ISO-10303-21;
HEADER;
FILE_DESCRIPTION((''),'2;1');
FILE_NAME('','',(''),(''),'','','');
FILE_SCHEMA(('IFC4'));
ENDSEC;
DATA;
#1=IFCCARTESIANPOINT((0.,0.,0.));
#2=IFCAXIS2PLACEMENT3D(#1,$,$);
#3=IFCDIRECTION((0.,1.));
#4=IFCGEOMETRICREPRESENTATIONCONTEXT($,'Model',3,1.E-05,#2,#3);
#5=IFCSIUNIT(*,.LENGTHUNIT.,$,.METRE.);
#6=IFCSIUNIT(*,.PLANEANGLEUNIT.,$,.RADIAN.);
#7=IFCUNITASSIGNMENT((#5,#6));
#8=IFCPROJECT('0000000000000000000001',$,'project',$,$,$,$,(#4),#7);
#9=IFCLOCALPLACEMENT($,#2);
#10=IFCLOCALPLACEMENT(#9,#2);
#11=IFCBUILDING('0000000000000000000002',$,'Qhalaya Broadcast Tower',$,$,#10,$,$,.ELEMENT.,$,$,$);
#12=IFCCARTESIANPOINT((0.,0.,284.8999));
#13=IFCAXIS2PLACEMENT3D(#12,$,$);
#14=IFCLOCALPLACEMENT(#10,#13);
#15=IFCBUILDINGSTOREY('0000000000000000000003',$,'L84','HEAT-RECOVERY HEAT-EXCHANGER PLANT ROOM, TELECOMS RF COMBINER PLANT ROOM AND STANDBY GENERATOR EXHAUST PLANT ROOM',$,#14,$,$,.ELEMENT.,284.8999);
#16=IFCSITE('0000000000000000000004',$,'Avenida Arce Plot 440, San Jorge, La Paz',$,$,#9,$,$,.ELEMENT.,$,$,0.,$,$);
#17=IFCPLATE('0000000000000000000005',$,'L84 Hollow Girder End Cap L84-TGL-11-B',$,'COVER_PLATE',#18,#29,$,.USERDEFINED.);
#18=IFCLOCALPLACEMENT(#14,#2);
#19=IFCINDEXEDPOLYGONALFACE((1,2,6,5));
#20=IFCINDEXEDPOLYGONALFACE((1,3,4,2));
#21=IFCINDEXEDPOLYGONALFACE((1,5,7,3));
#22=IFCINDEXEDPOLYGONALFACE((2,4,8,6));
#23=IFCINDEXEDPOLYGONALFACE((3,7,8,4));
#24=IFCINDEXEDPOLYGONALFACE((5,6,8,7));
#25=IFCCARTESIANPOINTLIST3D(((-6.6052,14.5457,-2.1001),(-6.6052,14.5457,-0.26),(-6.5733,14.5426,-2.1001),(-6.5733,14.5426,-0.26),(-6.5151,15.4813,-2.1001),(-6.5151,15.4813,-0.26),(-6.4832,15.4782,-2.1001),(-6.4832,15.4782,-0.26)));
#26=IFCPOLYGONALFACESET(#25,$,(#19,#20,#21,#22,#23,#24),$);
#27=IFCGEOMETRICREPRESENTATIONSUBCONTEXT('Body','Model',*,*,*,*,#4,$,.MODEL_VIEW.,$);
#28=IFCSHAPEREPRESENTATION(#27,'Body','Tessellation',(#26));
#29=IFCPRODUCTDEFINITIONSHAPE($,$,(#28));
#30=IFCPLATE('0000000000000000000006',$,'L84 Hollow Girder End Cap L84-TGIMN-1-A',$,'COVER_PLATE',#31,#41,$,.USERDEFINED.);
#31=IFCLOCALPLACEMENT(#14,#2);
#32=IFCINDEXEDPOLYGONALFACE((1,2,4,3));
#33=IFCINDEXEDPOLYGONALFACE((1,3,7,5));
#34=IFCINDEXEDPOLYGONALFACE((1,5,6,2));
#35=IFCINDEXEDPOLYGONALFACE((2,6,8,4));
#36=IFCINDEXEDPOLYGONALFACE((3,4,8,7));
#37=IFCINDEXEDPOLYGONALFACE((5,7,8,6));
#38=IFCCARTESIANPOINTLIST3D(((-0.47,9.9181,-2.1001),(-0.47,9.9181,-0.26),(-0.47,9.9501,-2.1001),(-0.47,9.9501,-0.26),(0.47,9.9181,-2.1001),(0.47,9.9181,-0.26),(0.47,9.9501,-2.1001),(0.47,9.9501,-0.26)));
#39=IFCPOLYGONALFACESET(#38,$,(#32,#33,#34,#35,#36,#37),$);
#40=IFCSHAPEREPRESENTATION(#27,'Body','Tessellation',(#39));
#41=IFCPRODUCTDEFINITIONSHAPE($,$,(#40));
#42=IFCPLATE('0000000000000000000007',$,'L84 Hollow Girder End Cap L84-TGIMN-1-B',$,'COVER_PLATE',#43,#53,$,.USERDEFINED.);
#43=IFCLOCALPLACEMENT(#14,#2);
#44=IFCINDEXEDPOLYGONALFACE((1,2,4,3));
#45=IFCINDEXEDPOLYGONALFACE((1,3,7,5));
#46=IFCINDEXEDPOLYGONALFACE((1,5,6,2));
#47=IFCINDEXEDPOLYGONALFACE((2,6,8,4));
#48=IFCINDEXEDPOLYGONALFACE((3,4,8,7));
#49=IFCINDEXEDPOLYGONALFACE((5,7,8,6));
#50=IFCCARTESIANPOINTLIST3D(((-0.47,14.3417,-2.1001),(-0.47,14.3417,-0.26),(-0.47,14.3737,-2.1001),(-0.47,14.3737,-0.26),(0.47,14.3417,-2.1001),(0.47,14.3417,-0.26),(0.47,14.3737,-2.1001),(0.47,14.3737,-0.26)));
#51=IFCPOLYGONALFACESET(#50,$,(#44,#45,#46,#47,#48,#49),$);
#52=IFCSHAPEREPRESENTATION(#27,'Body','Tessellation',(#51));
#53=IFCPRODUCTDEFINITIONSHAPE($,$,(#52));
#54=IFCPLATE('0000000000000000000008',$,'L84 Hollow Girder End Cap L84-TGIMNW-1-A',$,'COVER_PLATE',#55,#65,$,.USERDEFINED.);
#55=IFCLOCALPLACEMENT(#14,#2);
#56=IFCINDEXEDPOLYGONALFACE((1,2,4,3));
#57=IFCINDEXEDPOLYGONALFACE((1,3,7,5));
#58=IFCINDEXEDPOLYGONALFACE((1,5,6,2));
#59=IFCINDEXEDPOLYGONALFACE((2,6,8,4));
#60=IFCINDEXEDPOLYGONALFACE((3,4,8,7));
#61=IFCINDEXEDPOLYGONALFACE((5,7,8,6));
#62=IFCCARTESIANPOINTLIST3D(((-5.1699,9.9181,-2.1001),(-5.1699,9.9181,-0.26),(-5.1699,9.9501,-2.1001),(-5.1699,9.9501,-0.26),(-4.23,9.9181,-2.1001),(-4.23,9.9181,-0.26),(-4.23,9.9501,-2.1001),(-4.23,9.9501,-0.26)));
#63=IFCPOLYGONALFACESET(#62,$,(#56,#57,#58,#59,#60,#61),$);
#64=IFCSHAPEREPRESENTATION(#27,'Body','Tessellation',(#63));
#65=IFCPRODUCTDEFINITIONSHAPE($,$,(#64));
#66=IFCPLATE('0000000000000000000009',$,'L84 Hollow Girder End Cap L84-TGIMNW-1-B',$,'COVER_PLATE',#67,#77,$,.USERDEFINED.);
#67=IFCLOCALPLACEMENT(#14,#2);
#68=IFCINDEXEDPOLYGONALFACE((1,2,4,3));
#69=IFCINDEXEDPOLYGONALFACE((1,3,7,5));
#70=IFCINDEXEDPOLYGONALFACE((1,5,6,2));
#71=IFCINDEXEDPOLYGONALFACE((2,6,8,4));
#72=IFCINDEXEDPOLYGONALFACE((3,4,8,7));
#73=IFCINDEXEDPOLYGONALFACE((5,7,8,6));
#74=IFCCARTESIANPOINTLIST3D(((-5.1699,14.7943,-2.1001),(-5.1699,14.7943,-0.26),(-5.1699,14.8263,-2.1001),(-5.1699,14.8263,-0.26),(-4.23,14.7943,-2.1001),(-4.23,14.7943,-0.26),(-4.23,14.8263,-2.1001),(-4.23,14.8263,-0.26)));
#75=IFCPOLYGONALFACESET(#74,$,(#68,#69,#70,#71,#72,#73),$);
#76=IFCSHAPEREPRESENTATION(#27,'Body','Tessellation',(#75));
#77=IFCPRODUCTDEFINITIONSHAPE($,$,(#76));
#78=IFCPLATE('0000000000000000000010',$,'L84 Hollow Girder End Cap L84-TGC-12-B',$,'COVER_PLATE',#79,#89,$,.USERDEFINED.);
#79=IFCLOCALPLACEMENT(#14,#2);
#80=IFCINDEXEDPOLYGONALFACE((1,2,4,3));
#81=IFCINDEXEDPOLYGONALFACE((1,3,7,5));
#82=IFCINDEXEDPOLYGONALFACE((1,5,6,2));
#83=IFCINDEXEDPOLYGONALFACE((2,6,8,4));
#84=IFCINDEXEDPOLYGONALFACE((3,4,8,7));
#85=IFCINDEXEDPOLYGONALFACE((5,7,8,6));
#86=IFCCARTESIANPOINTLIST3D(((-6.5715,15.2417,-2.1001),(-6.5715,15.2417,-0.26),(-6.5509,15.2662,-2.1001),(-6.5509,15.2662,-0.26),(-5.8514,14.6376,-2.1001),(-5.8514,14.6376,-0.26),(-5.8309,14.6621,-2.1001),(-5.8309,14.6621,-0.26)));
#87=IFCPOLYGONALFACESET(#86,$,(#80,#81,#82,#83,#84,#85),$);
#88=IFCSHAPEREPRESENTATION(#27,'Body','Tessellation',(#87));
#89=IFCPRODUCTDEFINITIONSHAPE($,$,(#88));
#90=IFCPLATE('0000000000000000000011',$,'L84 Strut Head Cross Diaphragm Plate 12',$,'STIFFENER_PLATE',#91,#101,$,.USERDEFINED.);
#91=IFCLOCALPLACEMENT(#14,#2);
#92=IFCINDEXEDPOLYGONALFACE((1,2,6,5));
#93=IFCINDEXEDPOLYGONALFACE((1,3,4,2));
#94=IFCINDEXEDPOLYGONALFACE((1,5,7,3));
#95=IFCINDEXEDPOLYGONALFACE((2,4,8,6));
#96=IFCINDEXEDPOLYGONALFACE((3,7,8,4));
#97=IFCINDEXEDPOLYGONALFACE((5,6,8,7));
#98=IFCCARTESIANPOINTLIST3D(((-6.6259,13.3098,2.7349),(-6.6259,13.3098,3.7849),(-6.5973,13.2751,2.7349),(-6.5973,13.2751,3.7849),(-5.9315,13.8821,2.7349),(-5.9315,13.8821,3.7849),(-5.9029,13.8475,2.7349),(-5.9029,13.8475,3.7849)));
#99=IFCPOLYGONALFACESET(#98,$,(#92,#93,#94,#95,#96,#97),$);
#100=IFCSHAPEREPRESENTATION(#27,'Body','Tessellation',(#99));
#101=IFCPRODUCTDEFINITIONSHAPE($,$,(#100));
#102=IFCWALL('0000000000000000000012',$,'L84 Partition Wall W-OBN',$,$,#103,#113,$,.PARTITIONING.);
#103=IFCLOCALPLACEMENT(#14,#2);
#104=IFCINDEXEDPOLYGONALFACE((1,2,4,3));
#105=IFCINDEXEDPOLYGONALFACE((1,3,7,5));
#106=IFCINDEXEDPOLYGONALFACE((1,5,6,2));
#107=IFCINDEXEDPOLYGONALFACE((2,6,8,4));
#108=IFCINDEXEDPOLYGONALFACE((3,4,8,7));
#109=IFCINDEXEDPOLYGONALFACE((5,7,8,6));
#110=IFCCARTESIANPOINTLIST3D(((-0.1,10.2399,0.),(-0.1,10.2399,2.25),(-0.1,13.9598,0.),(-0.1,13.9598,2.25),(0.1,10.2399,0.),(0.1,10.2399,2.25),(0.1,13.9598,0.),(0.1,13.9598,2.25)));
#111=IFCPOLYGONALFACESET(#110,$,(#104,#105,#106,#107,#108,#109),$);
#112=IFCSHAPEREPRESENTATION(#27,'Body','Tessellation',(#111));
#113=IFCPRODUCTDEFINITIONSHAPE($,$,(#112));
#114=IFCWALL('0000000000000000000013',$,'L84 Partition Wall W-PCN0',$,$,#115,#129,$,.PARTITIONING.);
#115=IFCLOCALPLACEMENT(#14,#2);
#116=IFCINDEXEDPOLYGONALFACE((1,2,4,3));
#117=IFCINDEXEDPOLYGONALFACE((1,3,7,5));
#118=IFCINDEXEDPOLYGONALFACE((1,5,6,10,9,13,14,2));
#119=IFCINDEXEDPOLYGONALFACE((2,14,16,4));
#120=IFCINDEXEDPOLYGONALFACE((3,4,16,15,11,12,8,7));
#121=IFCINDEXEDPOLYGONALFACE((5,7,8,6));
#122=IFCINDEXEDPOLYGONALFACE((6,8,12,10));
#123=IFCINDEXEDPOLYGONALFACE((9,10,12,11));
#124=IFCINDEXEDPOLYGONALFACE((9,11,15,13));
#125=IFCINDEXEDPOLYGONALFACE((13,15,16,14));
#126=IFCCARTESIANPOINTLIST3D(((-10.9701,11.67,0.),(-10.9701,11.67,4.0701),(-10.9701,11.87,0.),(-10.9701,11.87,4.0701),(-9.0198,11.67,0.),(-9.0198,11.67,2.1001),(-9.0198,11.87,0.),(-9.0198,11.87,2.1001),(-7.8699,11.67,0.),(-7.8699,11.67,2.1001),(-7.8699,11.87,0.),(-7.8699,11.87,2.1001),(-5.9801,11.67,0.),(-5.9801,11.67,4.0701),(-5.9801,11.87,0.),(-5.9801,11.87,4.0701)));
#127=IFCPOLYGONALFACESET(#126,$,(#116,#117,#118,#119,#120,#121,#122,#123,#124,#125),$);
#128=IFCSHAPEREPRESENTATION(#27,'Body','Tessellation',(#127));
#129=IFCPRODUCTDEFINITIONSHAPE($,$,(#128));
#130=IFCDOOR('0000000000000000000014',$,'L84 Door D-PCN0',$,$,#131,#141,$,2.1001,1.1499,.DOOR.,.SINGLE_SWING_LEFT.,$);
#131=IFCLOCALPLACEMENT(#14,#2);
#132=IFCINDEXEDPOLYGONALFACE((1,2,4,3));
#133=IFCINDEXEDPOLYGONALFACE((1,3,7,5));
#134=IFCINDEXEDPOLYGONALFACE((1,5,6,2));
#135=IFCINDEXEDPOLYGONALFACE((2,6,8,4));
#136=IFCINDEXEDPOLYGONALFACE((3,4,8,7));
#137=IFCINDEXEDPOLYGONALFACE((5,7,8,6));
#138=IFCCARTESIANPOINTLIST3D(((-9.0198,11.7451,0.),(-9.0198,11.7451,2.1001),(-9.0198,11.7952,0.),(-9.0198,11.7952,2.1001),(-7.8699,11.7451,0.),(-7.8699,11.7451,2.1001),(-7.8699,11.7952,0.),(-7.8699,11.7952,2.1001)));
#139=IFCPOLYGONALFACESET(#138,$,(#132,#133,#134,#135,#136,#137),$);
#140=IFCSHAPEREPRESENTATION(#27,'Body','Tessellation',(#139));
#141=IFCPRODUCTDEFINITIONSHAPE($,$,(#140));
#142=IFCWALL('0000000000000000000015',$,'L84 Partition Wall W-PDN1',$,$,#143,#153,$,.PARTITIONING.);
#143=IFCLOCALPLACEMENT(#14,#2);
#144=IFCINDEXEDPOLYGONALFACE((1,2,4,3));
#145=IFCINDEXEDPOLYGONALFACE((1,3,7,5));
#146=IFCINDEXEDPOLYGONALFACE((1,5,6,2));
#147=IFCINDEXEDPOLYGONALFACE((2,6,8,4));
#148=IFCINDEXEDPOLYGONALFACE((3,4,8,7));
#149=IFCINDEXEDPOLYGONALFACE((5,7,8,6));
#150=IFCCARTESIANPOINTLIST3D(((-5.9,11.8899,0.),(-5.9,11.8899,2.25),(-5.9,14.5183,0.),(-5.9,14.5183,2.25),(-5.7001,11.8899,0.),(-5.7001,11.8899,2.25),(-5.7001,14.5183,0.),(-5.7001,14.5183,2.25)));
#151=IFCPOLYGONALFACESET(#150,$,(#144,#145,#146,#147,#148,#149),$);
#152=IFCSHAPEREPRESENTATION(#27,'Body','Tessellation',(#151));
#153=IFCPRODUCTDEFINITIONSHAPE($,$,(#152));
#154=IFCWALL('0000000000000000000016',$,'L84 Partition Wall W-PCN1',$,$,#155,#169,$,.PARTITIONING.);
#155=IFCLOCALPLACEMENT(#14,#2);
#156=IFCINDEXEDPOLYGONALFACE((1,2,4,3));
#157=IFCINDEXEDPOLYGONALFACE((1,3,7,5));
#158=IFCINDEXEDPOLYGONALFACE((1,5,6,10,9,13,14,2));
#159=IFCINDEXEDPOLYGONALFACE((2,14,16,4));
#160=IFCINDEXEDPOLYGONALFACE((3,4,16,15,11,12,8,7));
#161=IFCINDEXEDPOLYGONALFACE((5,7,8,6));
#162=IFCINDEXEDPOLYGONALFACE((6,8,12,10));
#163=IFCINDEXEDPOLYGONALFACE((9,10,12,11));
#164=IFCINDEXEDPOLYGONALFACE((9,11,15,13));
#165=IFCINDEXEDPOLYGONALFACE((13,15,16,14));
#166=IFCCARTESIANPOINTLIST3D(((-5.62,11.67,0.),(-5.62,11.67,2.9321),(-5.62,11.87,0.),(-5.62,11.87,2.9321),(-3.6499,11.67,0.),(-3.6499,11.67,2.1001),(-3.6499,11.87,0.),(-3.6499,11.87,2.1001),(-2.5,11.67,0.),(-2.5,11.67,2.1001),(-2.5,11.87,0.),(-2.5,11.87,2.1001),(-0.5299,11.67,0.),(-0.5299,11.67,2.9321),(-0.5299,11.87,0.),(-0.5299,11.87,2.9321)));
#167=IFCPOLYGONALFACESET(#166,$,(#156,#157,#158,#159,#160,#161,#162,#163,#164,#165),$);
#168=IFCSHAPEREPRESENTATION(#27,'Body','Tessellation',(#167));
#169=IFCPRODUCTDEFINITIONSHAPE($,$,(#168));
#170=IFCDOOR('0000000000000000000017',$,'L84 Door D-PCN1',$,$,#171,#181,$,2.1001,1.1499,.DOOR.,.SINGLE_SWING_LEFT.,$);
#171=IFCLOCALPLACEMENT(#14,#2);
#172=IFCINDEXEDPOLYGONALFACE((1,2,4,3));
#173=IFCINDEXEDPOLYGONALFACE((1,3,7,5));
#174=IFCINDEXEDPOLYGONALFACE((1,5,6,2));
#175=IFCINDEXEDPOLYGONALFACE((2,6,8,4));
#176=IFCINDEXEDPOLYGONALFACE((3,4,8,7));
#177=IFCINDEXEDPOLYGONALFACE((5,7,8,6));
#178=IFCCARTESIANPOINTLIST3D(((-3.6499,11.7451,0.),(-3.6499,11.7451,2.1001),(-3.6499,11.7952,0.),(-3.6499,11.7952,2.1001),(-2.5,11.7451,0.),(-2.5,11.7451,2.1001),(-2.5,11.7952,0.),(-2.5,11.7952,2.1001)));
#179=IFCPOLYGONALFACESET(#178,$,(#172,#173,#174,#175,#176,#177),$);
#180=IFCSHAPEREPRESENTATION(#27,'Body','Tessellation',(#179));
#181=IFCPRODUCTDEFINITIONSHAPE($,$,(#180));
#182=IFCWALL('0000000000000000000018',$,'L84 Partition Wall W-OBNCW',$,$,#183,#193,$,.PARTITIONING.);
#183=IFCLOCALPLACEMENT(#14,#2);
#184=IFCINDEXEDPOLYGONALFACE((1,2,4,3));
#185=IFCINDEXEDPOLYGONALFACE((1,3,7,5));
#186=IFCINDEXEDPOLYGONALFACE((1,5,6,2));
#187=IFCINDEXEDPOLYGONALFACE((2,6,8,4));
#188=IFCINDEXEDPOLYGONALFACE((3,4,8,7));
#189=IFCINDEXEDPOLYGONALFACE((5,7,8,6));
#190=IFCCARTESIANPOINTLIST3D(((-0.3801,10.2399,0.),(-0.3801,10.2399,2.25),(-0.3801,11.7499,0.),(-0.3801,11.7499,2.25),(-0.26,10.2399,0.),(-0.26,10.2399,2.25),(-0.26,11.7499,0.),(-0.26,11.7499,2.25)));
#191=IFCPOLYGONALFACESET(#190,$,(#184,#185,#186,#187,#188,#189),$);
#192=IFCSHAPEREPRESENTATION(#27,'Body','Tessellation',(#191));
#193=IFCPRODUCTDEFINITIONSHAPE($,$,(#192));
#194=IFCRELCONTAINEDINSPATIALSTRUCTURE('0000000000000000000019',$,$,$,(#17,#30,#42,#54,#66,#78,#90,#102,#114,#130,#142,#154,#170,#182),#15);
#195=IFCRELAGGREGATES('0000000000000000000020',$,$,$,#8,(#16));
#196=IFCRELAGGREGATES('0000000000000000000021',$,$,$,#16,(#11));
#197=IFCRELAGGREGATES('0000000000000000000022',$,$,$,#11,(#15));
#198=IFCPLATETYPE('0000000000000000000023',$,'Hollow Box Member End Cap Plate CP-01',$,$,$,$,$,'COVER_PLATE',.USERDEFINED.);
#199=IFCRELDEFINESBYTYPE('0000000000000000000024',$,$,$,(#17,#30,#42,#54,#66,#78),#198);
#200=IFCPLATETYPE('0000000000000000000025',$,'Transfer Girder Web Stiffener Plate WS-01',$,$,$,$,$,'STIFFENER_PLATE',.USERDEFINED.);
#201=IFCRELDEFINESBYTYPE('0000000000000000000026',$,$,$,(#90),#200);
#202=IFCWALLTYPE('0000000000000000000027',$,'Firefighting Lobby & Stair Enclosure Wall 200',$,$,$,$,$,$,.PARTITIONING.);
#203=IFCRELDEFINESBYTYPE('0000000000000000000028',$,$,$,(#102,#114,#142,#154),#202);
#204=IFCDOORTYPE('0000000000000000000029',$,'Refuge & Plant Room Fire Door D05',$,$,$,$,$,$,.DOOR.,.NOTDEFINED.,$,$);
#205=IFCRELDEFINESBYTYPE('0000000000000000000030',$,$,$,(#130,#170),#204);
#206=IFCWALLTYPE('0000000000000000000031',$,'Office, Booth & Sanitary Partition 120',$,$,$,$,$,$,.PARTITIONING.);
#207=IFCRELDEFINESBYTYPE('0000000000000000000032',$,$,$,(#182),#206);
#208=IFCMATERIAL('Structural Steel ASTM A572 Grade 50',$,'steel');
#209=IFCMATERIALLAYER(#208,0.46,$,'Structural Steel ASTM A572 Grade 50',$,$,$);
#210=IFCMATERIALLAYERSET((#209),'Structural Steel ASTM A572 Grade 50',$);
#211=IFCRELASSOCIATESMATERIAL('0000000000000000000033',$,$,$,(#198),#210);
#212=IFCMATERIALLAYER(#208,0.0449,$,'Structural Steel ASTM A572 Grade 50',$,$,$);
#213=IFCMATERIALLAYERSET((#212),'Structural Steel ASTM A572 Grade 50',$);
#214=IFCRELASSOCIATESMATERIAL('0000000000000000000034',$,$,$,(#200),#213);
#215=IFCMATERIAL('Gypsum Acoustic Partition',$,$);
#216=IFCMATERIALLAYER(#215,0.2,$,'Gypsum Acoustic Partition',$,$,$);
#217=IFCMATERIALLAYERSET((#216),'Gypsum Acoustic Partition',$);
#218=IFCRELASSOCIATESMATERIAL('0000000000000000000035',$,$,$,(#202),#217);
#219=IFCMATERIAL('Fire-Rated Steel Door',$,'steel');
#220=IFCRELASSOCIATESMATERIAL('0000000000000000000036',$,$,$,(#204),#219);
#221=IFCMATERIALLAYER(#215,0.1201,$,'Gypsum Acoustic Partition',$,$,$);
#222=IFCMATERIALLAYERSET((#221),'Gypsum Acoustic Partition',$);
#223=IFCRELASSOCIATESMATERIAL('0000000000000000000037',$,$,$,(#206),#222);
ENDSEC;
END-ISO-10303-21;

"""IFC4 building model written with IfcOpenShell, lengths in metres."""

from ifc_helpers import new_model, si_unit, direction, frame, frame_2d, origin, origin_2d, place, context, subcontext, project, spatial, rectangle, extrude, material, layer, layer_set, type_object, element, fill, save


model = new_model("IFC4")

# Units and contexts
model_context = context("Model", 3, precision=1e-05, world=origin(), true_north=direction((0.0, 1.0)))
body_context = subcontext(model_context, "Body", "Model", "MODEL_VIEW")
ifc_project = project(units=[si_unit("LENGTHUNIT", "METRE"), si_unit("PLANEANGLEUNIT", "RADIAN")], contexts=[model_context])

# Site, building, storey
site_placement = place(None, origin())
site = spatial("IfcSite", under=ifc_project, at=site_placement, Name="Avenida Arce Plot 440, San Jorge, La Paz", CompositionType="ELEMENT", RefElevation=0.0)
building_placement = place(site_placement, origin())
building = spatial("IfcBuilding", under=site, at=building_placement, Name="Qhalaya Broadcast Tower", CompositionType="ELEMENT")
storey_placement = place(building_placement, frame((0.0, 0.0, 284.8999)))
storey = spatial("IfcBuildingStorey", under=building, at=storey_placement, Name="L84", Description="HEAT-RECOVERY HEAT-EXCHANGER PLANT ROOM, TELECOMS RF COMBINER PLANT ROOM AND STANDBY GENERATOR EXHAUST PLANT ROOM", CompositionType="ELEMENT", Elevation=284.8999)

# Shared definitions
ifc_material_1 = material(Name="Structural Steel ASTM A572 Grade 50", Category="steel")

# Plates
ifc_layer_1 = layer(ifc_material_1, 0.46, Name="Structural Steel ASTM A572 Grade 50")
ifc_layer_set_1 = layer_set([ifc_layer_1], Name="Structural Steel ASTM A572 Grade 50")
plate_type_1 = type_object("IfcPlateType", Name="Hollow Box Member End Cap Plate CP-01", ElementType="COVER_PLATE", PredefinedType="USERDEFINED", material=ifc_layer_set_1)
for number, where, z_axis, x_axis, name in (
    (1, (-6.5442, 15.012, -2.1001), (0.0, 0.0, 1.0), (-0.095846, -0.995396, 0.0), "L84 Hollow Girder End Cap L84-TGL-11-B"),
    (2, (0.0, 9.9341, -2.1001), (0.0, 0.0, 1.0), (-1.0, 0.0, 0.0), "L84 Hollow Girder End Cap L84-TGIMN-1-A"),
    (3, (0.0, 14.3577, -2.1001), (0.0, 0.0, 1.0), (-1.0, 0.0, 0.0), "L84 Hollow Girder End Cap L84-TGIMN-1-B"),
    (4, (-4.7, 9.9341, -2.1001), (0.0, 0.0, 1.0), (-1.0, 0.0, 0.0), "L84 Hollow Girder End Cap L84-TGIMNW-1-A"),
    (5, (-4.7, 14.8103, -2.1001), (0.0, 0.0, 1.0), (-1.0, 0.0, 0.0), "L84 Hollow Girder End Cap L84-TGIMNW-1-B"),
    (6, (-6.2012, 14.9519, -2.1001), (0.0, 0.0, 1.0), (-0.766056, 0.642774, 0.0), "L84 Hollow Girder End Cap L84-TGC-12-B"),
):
    element("IfcPlate", number, at=place(storey_placement, frame(where, z_axis=z_axis, x_axis=x_axis)), inside=storey, type_object=plate_type_1, Name=name, ObjectType="COVER_PLATE", PredefinedType="USERDEFINED", context=body_context, shape_type="SweptSolid", body=[
        extrude(rectangle(XDim=0.9399, YDim=0.032, at=origin_2d()), origin(), (0.0, 0.0, 1.0), 1.8401),
    ])
ifc_layer_2 = layer(ifc_material_1, 0.0449, Name="Structural Steel ASTM A572 Grade 50")
ifc_layer_set_2 = layer_set([ifc_layer_2], Name="Structural Steel ASTM A572 Grade 50")
plate_type_2 = type_object("IfcPlateType", Name="Transfer Girder Web Stiffener Plate WS-01", ElementType="STIFFENER_PLATE", PredefinedType="USERDEFINED", material=ifc_layer_set_2)
plate_placement = place(storey_placement, frame((-6.2644, 13.5786, 2.7349), z_axis=(0.0, 0.0, 1.0), x_axis=(0.771669, 0.636024, 0.0)))
element("IfcPlate", 7, at=plate_placement, inside=storey, type_object=plate_type_2, Name="L84 Strut Head Cross Diaphragm Plate 12", ObjectType="STIFFENER_PLATE", PredefinedType="USERDEFINED", context=body_context, shape_type="SweptSolid", body=[
    extrude(rectangle(XDim=0.8999, YDim=0.0449, at=origin_2d()), origin(), (0.0, 0.0, 1.0), 1.05),
])

# Wall
ifc_material_2 = material(Name="Gypsum Acoustic Partition")
ifc_layer_3 = layer(ifc_material_2, 0.2, Name="Gypsum Acoustic Partition")
ifc_layer_set_3 = layer_set([ifc_layer_3], Name="Gypsum Acoustic Partition")
wall_type_1 = type_object("IfcWallType", Name="Firefighting Lobby & Stair Enclosure Wall 200", PredefinedType="PARTITIONING", material=ifc_layer_set_3)
wall_1_placement = place(storey_placement, frame((0.0, 10.24, 0.0), z_axis=(0.0, 0.0, 1.0), x_axis=(0.0, 1.0, 0.0)))
element("IfcWall", 8, at=wall_1_placement, inside=storey, type_object=wall_type_1, Name="L84 Partition Wall W-OBN", PredefinedType="PARTITIONING", context=body_context, shape_type="SweptSolid", body=[
    extrude(rectangle(XDim=3.72, YDim=0.2, at=frame_2d((1.8599, 0.0))), origin(), (0.0, 0.0, 1.0), 2.25),
])

# Wall, opening, door
wall_2_placement = place(storey_placement, frame((-5.98, 11.77, 0.0), z_axis=(0.0, 0.0, 1.0), x_axis=(-1.0, 0.0, 0.0)))
wall_2 = element("IfcWall", 9, at=wall_2_placement, inside=storey, type_object=wall_type_1, Name="L84 Partition Wall W-PCN0", PredefinedType="PARTITIONING", context=body_context, shape_type="SweptSolid", body=[
    extrude(rectangle(XDim=4.99, YDim=0.2, at=frame_2d((2.4951, 0.0))), origin(), (0.0, 0.0, 1.0), 4.0701),
])
opening_1_placement = place(wall_2_placement, frame((1.8899, 0.0, 0.0)))
opening_1 = element("IfcOpeningElement", 10, at=opening_1_placement, cuts=wall_2, PredefinedType="OPENING", context=body_context, shape_type="SweptSolid", body=[
    extrude(rectangle(XDim=1.1499, YDim=2.1001, at=frame_2d((0.575, 1.05))), frame((0.0, 0.1121, 0.0), z_axis=(0.0, -1.0, 0.0), x_axis=(1.0, 0.0, 0.0)), (0.0, 0.0, 1.0), 0.2239),
])
ifc_material_3 = material(Name="Fire-Rated Steel Door", Category="steel")
door_type = type_object("IfcDoorType", Name="Refuge & Plant Room Fire Door D05", OperationType="NOTDEFINED", PredefinedType="DOOR", material=ifc_material_3)
door_1_placement = place(opening_1_placement, origin())
door_1 = element("IfcDoor", 11, at=door_1_placement, inside=storey, type_object=door_type, Name="L84 Door D-PCN0", OperationType="SINGLE_SWING_LEFT", OverallHeight=2.1001, OverallWidth=1.1499, PredefinedType="DOOR", context=body_context, shape_type="SweptSolid", body=[
    extrude(rectangle(XDim=1.1499, YDim=2.1001, at=frame_2d((0.575, 1.05))), frame((0.0, 0.0249, 0.0), z_axis=(0.0, -1.0, 0.0), x_axis=(1.0, 0.0, 0.0)), (0.0, 0.0, 1.0), 0.05),
])
fill(opening_1, door_1)

# Wall
wall_3_placement = place(storey_placement, frame((-5.8, 11.8899, 0.0), z_axis=(0.0, 0.0, 1.0), x_axis=(0.0, 1.0, 0.0)))
element("IfcWall", 12, at=wall_3_placement, inside=storey, type_object=wall_type_1, Name="L84 Partition Wall W-PDN1", PredefinedType="PARTITIONING", context=body_context, shape_type="SweptSolid", body=[
    extrude(rectangle(XDim=2.6284, YDim=0.2, at=frame_2d((1.3142, 0.0))), origin(), (0.0, 0.0, 1.0), 2.25),
])

# Wall, opening, door
wall_4_placement = place(storey_placement, frame((-0.53, 11.77, 0.0), z_axis=(0.0, 0.0, 1.0), x_axis=(-1.0, 0.0, 0.0)))
wall_4 = element("IfcWall", 13, at=wall_4_placement, inside=storey, type_object=wall_type_1, Name="L84 Partition Wall W-PCN1", PredefinedType="PARTITIONING", context=body_context, shape_type="SweptSolid", body=[
    extrude(rectangle(XDim=5.0901, YDim=0.2, at=frame_2d((2.5449, 0.0))), origin(), (0.0, 0.0, 1.0), 2.9321),
])
opening_2_placement = place(wall_4_placement, frame((1.97, 0.0, 0.0)))
opening_2 = element("IfcOpeningElement", 14, at=opening_2_placement, cuts=wall_4, PredefinedType="OPENING", context=body_context, shape_type="SweptSolid", body=[
    extrude(rectangle(XDim=1.1499, YDim=2.1001, at=frame_2d((0.575, 1.05))), frame((0.0, 0.1121, 0.0), z_axis=(0.0, -1.0, 0.0), x_axis=(1.0, 0.0, 0.0)), (0.0, 0.0, 1.0), 0.2239),
])
door_2_placement = place(opening_2_placement, origin())
door_2 = element("IfcDoor", 15, at=door_2_placement, inside=storey, type_object=door_type, Name="L84 Door D-PCN1", OperationType="SINGLE_SWING_LEFT", OverallHeight=2.1001, OverallWidth=1.1499, PredefinedType="DOOR", context=body_context, shape_type="SweptSolid", body=[
    extrude(rectangle(XDim=1.1499, YDim=2.1001, at=frame_2d((0.575, 1.05))), frame((0.0, 0.0249, 0.0), z_axis=(0.0, -1.0, 0.0), x_axis=(1.0, 0.0, 0.0)), (0.0, 0.0, 1.0), 0.05),
])
fill(opening_2, door_2)

# Wall
ifc_layer_4 = layer(ifc_material_2, 0.1201, Name="Gypsum Acoustic Partition")
ifc_layer_set_4 = layer_set([ifc_layer_4], Name="Gypsum Acoustic Partition")
wall_type_2 = type_object("IfcWallType", Name="Office, Booth & Sanitary Partition 120", PredefinedType="PARTITIONING", material=ifc_layer_set_4)
for number, where, z_axis, x_axis, name in (
    (16, (-0.3201, 10.24, 0.0), (0.0, 0.0, 1.0), (0.0, 1.0, 0.0), "L84 Partition Wall W-OBNCW"),
):
    element("IfcWall", number, at=place(storey_placement, frame(where, z_axis=z_axis, x_axis=x_axis)), inside=storey, type_object=wall_type_2, Name=name, PredefinedType="PARTITIONING", context=body_context, shape_type="SweptSolid", body=[
        extrude(rectangle(XDim=1.51, YDim=0.1201, at=frame_2d((0.7549, 0.0))), origin(), (0.0, 0.0, 1.0), 2.25),
    ])

save(model, "model.ifc")
